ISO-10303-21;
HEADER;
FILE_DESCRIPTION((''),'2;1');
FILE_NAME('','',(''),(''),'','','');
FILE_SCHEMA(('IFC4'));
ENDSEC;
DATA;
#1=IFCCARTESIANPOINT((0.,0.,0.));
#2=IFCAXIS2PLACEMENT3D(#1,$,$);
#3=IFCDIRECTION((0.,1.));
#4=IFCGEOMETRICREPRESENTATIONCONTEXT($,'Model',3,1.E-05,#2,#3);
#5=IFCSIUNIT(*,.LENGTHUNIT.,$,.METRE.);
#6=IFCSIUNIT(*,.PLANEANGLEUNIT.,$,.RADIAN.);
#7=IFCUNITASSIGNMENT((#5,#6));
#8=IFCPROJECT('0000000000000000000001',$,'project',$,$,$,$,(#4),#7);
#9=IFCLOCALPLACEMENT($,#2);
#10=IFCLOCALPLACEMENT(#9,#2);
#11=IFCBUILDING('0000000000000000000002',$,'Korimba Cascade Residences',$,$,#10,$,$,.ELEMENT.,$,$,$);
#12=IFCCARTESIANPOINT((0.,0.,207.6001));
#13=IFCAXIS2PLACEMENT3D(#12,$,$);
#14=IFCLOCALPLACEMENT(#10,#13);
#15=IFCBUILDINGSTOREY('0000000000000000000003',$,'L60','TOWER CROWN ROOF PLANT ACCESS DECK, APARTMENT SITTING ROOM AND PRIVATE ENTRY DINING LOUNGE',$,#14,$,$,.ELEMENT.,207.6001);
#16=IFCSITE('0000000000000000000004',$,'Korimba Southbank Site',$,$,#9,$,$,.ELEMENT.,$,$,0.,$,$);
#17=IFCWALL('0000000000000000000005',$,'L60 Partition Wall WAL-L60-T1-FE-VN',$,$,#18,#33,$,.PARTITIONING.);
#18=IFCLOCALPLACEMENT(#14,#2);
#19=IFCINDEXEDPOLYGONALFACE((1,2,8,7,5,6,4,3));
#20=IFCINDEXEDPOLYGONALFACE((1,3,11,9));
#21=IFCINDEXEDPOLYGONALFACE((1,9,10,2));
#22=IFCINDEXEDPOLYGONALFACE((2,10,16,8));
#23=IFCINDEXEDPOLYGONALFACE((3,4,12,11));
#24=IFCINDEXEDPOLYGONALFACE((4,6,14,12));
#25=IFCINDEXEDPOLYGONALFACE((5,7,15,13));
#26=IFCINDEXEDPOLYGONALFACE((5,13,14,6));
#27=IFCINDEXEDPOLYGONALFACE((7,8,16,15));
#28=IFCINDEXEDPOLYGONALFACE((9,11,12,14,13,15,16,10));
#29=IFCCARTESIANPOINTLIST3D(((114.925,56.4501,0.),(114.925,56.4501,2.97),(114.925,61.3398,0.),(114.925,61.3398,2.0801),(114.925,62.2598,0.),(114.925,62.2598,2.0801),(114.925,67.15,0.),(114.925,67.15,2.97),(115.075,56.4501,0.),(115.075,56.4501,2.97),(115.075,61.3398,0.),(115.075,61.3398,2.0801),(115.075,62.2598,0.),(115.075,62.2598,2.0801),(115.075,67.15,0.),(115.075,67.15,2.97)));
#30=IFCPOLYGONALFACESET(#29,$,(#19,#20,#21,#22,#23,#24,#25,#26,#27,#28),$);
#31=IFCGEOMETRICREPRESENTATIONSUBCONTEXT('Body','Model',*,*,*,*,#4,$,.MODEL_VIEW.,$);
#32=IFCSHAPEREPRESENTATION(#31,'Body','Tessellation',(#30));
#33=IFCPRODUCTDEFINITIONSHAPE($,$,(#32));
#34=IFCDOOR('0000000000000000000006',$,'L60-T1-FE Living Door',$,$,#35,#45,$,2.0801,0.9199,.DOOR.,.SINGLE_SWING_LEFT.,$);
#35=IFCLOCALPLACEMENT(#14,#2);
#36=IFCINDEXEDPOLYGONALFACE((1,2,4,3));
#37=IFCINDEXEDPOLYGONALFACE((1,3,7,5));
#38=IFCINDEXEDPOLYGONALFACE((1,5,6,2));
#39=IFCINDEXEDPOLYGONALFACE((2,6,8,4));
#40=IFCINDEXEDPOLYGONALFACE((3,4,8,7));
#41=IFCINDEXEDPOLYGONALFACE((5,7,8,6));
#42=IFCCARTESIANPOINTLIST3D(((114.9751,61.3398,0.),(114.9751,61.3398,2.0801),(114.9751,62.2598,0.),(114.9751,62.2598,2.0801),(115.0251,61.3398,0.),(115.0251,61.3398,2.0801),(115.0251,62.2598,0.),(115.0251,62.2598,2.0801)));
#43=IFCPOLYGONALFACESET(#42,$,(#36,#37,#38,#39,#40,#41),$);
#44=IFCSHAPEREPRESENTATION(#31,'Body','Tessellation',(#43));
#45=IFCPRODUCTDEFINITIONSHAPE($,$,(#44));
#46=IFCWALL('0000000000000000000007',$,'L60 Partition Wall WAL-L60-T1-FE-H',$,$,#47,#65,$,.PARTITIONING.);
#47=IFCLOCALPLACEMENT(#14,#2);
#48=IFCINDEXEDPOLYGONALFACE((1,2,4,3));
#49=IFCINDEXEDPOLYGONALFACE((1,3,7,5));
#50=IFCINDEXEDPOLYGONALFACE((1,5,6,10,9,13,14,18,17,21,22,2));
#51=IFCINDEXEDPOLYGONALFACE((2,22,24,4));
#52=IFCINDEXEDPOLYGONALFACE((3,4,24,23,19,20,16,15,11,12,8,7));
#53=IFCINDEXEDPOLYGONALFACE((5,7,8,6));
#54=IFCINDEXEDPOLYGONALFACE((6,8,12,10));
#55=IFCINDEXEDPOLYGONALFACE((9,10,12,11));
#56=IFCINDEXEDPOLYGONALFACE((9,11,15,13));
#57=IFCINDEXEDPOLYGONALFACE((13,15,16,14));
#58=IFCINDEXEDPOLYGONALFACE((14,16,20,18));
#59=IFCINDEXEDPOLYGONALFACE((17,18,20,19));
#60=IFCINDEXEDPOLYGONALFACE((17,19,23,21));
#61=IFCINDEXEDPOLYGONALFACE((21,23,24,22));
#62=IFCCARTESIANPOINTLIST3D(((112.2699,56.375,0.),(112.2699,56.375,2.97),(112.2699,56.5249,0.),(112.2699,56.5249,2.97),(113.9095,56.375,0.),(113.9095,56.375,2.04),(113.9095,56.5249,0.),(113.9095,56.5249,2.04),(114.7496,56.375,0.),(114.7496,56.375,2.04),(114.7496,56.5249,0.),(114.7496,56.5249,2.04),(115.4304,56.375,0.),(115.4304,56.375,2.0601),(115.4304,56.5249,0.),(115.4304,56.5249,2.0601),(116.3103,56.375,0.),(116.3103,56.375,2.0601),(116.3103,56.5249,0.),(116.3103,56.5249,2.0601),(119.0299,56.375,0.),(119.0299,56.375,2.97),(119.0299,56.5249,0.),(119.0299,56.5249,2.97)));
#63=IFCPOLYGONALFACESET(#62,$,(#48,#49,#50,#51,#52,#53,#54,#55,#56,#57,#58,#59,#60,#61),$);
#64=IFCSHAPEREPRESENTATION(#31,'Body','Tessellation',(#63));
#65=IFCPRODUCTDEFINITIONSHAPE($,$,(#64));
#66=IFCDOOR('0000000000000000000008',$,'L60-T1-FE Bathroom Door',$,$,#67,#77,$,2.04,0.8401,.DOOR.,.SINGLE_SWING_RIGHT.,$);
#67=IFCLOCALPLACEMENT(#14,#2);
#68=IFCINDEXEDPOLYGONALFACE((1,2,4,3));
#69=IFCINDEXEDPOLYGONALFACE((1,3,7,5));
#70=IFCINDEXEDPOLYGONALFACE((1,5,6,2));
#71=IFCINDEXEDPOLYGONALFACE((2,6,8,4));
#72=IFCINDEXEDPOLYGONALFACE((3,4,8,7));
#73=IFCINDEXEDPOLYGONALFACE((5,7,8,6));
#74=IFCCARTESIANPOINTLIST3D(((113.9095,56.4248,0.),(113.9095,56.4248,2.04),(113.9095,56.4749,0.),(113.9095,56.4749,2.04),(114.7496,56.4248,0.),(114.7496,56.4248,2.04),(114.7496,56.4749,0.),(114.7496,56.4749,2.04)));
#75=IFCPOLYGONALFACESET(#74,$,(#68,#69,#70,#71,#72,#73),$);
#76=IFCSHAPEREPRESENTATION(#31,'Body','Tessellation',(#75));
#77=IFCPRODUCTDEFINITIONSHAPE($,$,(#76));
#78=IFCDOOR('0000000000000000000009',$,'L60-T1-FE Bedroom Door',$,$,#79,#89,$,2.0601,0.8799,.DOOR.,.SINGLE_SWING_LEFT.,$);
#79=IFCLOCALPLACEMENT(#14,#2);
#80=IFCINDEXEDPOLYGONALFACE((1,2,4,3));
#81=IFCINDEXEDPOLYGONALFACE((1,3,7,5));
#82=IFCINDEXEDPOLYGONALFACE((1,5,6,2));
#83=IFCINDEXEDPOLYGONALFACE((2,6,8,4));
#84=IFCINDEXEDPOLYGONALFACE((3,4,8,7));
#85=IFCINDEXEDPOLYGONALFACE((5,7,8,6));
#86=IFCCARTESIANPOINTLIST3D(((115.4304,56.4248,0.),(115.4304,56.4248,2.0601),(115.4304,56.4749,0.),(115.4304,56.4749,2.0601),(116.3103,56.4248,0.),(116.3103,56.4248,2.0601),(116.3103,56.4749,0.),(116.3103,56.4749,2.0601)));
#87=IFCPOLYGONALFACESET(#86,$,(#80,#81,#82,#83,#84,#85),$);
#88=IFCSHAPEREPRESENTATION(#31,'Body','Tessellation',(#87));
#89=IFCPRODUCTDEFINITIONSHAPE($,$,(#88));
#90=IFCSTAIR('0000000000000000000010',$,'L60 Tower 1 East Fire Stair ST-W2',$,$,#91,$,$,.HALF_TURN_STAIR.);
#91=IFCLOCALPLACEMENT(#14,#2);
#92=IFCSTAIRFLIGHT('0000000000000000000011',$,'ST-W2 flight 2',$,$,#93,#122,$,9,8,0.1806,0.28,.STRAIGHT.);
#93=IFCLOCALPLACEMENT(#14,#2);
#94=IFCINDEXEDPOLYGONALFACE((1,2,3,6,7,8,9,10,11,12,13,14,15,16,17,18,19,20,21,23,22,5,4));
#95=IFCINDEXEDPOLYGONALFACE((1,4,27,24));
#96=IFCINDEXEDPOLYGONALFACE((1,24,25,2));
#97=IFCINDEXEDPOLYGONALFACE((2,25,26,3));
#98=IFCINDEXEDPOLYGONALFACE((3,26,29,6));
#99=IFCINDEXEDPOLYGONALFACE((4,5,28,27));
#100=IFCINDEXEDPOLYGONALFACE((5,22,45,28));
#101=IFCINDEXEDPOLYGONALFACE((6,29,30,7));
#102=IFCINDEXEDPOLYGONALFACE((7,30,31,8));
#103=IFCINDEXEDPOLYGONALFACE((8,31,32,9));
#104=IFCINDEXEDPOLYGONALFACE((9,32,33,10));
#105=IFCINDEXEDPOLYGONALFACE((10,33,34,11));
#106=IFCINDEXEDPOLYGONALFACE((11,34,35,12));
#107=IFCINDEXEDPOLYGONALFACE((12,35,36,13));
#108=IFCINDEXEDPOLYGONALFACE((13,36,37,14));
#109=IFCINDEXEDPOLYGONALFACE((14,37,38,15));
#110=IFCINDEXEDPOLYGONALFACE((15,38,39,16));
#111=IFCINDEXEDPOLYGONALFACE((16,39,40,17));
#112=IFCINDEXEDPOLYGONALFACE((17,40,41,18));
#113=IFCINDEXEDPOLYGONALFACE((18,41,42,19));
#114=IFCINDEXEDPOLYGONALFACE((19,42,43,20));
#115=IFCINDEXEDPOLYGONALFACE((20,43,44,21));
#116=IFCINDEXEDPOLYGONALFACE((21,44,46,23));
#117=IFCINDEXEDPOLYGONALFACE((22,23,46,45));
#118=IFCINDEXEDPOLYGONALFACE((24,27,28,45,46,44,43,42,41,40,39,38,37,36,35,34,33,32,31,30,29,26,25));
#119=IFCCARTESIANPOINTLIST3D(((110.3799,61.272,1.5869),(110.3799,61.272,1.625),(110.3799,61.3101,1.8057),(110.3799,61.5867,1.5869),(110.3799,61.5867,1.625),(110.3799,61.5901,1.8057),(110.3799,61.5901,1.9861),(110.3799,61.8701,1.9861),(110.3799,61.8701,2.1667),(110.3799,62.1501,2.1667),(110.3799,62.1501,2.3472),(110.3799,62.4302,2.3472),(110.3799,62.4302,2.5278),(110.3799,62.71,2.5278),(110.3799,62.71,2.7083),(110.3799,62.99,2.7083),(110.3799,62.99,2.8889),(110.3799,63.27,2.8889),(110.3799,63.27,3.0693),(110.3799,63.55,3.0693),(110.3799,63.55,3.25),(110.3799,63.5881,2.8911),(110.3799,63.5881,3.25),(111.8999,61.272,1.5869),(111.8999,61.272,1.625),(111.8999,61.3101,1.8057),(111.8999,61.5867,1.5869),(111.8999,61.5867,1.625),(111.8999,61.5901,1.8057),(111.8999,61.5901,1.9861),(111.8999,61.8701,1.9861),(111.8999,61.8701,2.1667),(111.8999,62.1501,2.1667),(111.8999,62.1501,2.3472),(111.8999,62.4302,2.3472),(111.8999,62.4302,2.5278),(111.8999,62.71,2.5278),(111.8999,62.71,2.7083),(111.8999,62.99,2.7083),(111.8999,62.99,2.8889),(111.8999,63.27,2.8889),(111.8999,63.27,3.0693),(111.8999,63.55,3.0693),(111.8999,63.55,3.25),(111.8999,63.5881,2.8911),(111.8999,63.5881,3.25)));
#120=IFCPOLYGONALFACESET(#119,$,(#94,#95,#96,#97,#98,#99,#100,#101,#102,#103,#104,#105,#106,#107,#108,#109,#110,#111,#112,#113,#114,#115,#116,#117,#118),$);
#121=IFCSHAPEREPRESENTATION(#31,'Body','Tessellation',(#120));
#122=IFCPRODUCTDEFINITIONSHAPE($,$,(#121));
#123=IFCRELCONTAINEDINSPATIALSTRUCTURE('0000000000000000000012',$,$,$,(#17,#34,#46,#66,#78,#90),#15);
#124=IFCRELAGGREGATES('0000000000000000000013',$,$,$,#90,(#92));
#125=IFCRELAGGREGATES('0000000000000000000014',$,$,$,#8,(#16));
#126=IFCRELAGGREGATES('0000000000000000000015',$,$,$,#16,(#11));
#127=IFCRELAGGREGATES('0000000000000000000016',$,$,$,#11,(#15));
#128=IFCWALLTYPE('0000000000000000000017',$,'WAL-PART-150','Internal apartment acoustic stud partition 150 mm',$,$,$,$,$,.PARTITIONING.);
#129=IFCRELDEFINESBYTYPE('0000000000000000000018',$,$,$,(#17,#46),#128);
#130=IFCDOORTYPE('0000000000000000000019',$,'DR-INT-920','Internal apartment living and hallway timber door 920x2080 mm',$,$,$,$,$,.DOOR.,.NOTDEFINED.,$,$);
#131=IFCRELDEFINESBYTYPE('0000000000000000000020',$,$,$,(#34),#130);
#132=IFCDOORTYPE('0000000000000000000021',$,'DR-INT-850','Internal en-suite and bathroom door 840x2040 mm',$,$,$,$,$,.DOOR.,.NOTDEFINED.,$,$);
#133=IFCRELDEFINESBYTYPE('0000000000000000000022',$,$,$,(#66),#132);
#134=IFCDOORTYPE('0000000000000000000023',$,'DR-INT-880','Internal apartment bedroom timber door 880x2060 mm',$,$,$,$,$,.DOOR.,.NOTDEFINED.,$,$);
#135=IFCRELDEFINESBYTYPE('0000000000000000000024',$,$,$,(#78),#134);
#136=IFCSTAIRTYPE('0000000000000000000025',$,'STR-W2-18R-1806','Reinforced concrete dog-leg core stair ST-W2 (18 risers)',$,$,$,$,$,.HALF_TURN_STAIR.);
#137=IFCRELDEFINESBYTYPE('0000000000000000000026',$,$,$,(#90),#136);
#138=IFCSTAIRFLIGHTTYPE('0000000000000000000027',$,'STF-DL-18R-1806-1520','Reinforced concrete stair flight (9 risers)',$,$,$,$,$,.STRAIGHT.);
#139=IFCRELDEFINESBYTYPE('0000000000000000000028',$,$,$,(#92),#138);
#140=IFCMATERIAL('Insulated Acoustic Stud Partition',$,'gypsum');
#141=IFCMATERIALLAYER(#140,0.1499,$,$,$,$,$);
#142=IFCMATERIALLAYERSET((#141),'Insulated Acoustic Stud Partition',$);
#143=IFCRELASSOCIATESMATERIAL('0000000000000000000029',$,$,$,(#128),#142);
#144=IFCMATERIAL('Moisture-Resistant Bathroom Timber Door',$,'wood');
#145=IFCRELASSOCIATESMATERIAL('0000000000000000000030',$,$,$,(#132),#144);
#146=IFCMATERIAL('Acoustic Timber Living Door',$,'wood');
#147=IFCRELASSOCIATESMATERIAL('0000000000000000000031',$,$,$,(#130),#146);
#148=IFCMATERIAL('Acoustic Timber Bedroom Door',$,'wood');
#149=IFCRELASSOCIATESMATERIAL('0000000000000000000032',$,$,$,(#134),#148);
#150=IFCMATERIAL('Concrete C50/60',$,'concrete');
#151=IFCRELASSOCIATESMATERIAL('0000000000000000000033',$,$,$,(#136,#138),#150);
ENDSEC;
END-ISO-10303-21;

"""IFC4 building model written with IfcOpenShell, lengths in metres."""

from ifc_helpers import new_model, si_unit, direction, frame, frame_2d, origin, place, context, subcontext, project, spatial, polyline, rectangle, outline, extrude, material, layer, layer_set, type_object, element, fill, aggregate, save


model = new_model("IFC4")

# Units and contexts
model_context = context("Model", 3, precision=1e-05, world=origin(), true_north=direction((0.0, 1.0)))
body_context = subcontext(model_context, "Body", "Model", "MODEL_VIEW")
ifc_project = project(units=[si_unit("LENGTHUNIT", "METRE"), si_unit("PLANEANGLEUNIT", "RADIAN")], contexts=[model_context])

# Site, building, storey
site_placement = place(None, origin())
site = spatial("IfcSite", under=ifc_project, at=site_placement, Name="Korimba Southbank Site", CompositionType="ELEMENT", RefElevation=0.0)
building_placement = place(site_placement, origin())
building = spatial("IfcBuilding", under=site, at=building_placement, Name="Korimba Cascade Residences", CompositionType="ELEMENT")
storey_placement = place(building_placement, frame((0.0, 0.0, 207.6001)))
storey = spatial("IfcBuildingStorey", under=building, at=storey_placement, Name="L60", Description="TOWER CROWN ROOF PLANT ACCESS DECK, APARTMENT SITTING ROOM AND PRIVATE ENTRY DINING LOUNGE", CompositionType="ELEMENT", Elevation=207.6001)

# Wall, opening, door
ifc_material_1 = material(Name="Insulated Acoustic Stud Partition", Category="gypsum")
ifc_layer_1 = layer(ifc_material_1, 0.1499)
ifc_layer_set_1 = layer_set([ifc_layer_1], Name="Insulated Acoustic Stud Partition")
wall_type_1 = type_object("IfcWallType", Name="WAL-PART-150", Description="Internal apartment acoustic stud partition 150 mm", PredefinedType="PARTITIONING", material=ifc_layer_set_1)
ifc_material_2 = material(Name="Moisture-Resistant Bathroom Timber Door", Category="wood")
door_type_1 = type_object("IfcDoorType", Name="DR-INT-850", Description="Internal en-suite and bathroom door 840x2040 mm", OperationType="NOTDEFINED", PredefinedType="DOOR", material=ifc_material_2)
wall_1_placement = place(storey_placement, frame((115.0, 56.45, 0.0), z_axis=(0.0, 0.0, 1.0), x_axis=(0.0, 1.0, 0.0)))
wall_1 = element("IfcWall", 1, at=wall_1_placement, inside=storey, type_object=wall_type_1, Name="L60 Partition Wall WAL-L60-T1-FE-VN", PredefinedType="PARTITIONING", context=body_context, shape_type="SweptSolid", body=[
    extrude(rectangle(XDim=10.7, YDim=0.1499, at=frame_2d((5.3501, 0.0))), origin(), (0.0, 0.0, 1.0), 2.97),
])
opening_1_placement = place(wall_1_placement, frame((4.8899, 0.0, 0.0)))
opening_1 = element("IfcOpeningElement", 2, at=opening_1_placement, cuts=wall_1, PredefinedType="OPENING", context=body_context, shape_type="SweptSolid", body=[
    extrude(rectangle(XDim=0.9199, YDim=2.0801, at=frame_2d((0.46, 1.04))), frame((0.0, 0.085, 0.0), z_axis=(0.0, -1.0, 0.0), x_axis=(1.0, 0.0, 0.0)), (0.0, 0.0, 1.0), 0.1699),
])
ifc_material_3 = material(Name="Acoustic Timber Living Door", Category="wood")
door_type_2 = type_object("IfcDoorType", Name="DR-INT-920", Description="Internal apartment living and hallway timber door 920x2080 mm", OperationType="NOTDEFINED", PredefinedType="DOOR", material=ifc_material_3)
door_1_placement = place(opening_1_placement, origin())
door_1 = element("IfcDoor", 3, at=door_1_placement, inside=storey, type_object=door_type_2, Name="L60-T1-FE Living Door", OperationType="SINGLE_SWING_LEFT", OverallHeight=2.0801, OverallWidth=0.9199, PredefinedType="DOOR", context=body_context, shape_type="SweptSolid", body=[
    extrude(rectangle(XDim=0.9199, YDim=2.0801, at=frame_2d((0.46, 1.04))), frame((0.0, 0.0249, 0.0), z_axis=(0.0, -1.0, 0.0), x_axis=(1.0, 0.0, 0.0)), (0.0, 0.0, 1.0), 0.05),
])
fill(opening_1, door_1)

# Wall, openings, doors
wall_2_placement = place(storey_placement, frame((112.27, 56.45, 0.0), z_axis=(0.0, 0.0, 1.0), x_axis=(1.0, 0.0, 0.0)))
wall_2 = element("IfcWall", 4, at=wall_2_placement, inside=storey, type_object=wall_type_1, Name="L60 Partition Wall WAL-L60-T1-FE-H", PredefinedType="PARTITIONING", context=body_context, shape_type="SweptSolid", body=[
    extrude(rectangle(XDim=6.76, YDim=0.1499, at=frame_2d((3.3799, 0.0))), origin(), (0.0, 0.0, 1.0), 2.97),
])
opening_2_placement = place(wall_2_placement, frame((1.6396, 0.0, 0.0)))
opening_2 = element("IfcOpeningElement", 5, at=opening_2_placement, cuts=wall_2, PredefinedType="OPENING", context=body_context, shape_type="SweptSolid", body=[
    extrude(rectangle(XDim=0.8401, YDim=2.04, at=frame_2d((0.4199, 1.02))), frame((0.0, 0.085, 0.0), z_axis=(0.0, -1.0, 0.0), x_axis=(1.0, 0.0, 0.0)), (0.0, 0.0, 1.0), 0.1699),
])
opening_3_placement = place(wall_2_placement, frame((3.1604, 0.0, 0.0)))
opening_3 = element("IfcOpeningElement", 6, at=opening_3_placement, cuts=wall_2, PredefinedType="OPENING", context=body_context, shape_type="SweptSolid", body=[
    extrude(rectangle(XDim=0.8799, YDim=2.0601, at=frame_2d((0.4399, 1.03))), frame((0.0, 0.085, 0.0), z_axis=(0.0, -1.0, 0.0), x_axis=(1.0, 0.0, 0.0)), (0.0, 0.0, 1.0), 0.1699),
])
door_2_placement = place(opening_2_placement, origin())
door_2 = element("IfcDoor", 7, at=door_2_placement, inside=storey, type_object=door_type_1, Name="L60-T1-FE Bathroom Door", OperationType="SINGLE_SWING_RIGHT", OverallHeight=2.04, OverallWidth=0.8401, PredefinedType="DOOR", context=body_context, shape_type="SweptSolid", body=[
    extrude(rectangle(XDim=0.8401, YDim=2.04, at=frame_2d((0.4199, 1.02))), frame((0.0, 0.0249, 0.0), z_axis=(0.0, -1.0, 0.0), x_axis=(1.0, 0.0, 0.0)), (0.0, 0.0, 1.0), 0.05),
])
fill(opening_2, door_2)
ifc_material_4 = material(Name="Acoustic Timber Bedroom Door", Category="wood")
door_type_3 = type_object("IfcDoorType", Name="DR-INT-880", Description="Internal apartment bedroom timber door 880x2060 mm", OperationType="NOTDEFINED", PredefinedType="DOOR", material=ifc_material_4)
door_3_placement = place(opening_3_placement, origin())
door_3 = element("IfcDoor", 8, at=door_3_placement, inside=storey, type_object=door_type_3, Name="L60-T1-FE Bedroom Door", OperationType="SINGLE_SWING_LEFT", OverallHeight=2.0601, OverallWidth=0.8799, PredefinedType="DOOR", context=body_context, shape_type="SweptSolid", body=[
    extrude(rectangle(XDim=0.8799, YDim=2.0601, at=frame_2d((0.4399, 1.03))), frame((0.0, 0.0249, 0.0), z_axis=(0.0, -1.0, 0.0), x_axis=(1.0, 0.0, 0.0)), (0.0, 0.0, 1.0), 0.05),
])
fill(opening_3, door_3)

# Stair, stair flight
ifc_material_5 = material(Name="Concrete C50/60", Category="concrete")
stair_type = type_object("IfcStairType", Name="STR-W2-18R-1806", Description="Reinforced concrete dog-leg core stair ST-W2 (18 risers)", PredefinedType="HALF_TURN_STAIR", material=ifc_material_5)
stair_placement = place(storey_placement, origin())
stair = element("IfcStair", 9, at=stair_placement, inside=storey, type_object=stair_type, Name="L60 Tower 1 East Fire Stair ST-W2", PredefinedType="HALF_TURN_STAIR")
stair_flight_type = type_object("IfcStairFlightType", Name="STF-DL-18R-1806-1520", Description="Reinforced concrete stair flight (9 risers)", PredefinedType="STRAIGHT", material=ifc_material_5)
stair_flight_placement = place(storey_placement, frame((111.1399, 61.3101, 1.625), z_axis=(0.0, 0.0, 1.0), x_axis=(0.0, 1.0, 0.0)))
stair_flight = element("IfcStairFlight", 10, at=stair_flight_placement, type_object=stair_flight_type, Name="ST-W2 flight 2", NumberOfRisers=9, NumberOfTreads=8, PredefinedType="STRAIGHT", RiserHeight=0.1806, TreadLength=0.28, context=body_context, shape_type="SweptSolid", body=[
    extrude(outline(polyline([(-0.0381, 0.0), (0.0, 0.1807), (0.28, 0.1807), (0.28, 0.3611), (0.5601, 0.3611), (0.5601, 0.5417), (0.8401, 0.5417), (0.8401, 0.7222), (1.1201, 0.7222), (1.1201, 0.9028), (1.3999, 0.9028), (1.3999, 1.0833), (1.6799, 1.0833), (1.6799, 1.2639), (1.96, 1.2639), (1.96, 1.4443), (2.24, 1.4443), (2.24, 1.625), (2.2781, 1.625), (2.2781, 1.2661), (0.2766, 0.0), (0.2766, -0.0381), (-0.0381, -0.0381), (-0.0381, 0.0)])), frame((0.0, 0.76, 0.0), z_axis=(0.0, -1.0, 0.0), x_axis=(1.0, 0.0, 0.0)), (0.0, 0.0, 1.0), 1.52),
])
aggregate(stair, [stair_flight])

save(model, "model.ifc")
